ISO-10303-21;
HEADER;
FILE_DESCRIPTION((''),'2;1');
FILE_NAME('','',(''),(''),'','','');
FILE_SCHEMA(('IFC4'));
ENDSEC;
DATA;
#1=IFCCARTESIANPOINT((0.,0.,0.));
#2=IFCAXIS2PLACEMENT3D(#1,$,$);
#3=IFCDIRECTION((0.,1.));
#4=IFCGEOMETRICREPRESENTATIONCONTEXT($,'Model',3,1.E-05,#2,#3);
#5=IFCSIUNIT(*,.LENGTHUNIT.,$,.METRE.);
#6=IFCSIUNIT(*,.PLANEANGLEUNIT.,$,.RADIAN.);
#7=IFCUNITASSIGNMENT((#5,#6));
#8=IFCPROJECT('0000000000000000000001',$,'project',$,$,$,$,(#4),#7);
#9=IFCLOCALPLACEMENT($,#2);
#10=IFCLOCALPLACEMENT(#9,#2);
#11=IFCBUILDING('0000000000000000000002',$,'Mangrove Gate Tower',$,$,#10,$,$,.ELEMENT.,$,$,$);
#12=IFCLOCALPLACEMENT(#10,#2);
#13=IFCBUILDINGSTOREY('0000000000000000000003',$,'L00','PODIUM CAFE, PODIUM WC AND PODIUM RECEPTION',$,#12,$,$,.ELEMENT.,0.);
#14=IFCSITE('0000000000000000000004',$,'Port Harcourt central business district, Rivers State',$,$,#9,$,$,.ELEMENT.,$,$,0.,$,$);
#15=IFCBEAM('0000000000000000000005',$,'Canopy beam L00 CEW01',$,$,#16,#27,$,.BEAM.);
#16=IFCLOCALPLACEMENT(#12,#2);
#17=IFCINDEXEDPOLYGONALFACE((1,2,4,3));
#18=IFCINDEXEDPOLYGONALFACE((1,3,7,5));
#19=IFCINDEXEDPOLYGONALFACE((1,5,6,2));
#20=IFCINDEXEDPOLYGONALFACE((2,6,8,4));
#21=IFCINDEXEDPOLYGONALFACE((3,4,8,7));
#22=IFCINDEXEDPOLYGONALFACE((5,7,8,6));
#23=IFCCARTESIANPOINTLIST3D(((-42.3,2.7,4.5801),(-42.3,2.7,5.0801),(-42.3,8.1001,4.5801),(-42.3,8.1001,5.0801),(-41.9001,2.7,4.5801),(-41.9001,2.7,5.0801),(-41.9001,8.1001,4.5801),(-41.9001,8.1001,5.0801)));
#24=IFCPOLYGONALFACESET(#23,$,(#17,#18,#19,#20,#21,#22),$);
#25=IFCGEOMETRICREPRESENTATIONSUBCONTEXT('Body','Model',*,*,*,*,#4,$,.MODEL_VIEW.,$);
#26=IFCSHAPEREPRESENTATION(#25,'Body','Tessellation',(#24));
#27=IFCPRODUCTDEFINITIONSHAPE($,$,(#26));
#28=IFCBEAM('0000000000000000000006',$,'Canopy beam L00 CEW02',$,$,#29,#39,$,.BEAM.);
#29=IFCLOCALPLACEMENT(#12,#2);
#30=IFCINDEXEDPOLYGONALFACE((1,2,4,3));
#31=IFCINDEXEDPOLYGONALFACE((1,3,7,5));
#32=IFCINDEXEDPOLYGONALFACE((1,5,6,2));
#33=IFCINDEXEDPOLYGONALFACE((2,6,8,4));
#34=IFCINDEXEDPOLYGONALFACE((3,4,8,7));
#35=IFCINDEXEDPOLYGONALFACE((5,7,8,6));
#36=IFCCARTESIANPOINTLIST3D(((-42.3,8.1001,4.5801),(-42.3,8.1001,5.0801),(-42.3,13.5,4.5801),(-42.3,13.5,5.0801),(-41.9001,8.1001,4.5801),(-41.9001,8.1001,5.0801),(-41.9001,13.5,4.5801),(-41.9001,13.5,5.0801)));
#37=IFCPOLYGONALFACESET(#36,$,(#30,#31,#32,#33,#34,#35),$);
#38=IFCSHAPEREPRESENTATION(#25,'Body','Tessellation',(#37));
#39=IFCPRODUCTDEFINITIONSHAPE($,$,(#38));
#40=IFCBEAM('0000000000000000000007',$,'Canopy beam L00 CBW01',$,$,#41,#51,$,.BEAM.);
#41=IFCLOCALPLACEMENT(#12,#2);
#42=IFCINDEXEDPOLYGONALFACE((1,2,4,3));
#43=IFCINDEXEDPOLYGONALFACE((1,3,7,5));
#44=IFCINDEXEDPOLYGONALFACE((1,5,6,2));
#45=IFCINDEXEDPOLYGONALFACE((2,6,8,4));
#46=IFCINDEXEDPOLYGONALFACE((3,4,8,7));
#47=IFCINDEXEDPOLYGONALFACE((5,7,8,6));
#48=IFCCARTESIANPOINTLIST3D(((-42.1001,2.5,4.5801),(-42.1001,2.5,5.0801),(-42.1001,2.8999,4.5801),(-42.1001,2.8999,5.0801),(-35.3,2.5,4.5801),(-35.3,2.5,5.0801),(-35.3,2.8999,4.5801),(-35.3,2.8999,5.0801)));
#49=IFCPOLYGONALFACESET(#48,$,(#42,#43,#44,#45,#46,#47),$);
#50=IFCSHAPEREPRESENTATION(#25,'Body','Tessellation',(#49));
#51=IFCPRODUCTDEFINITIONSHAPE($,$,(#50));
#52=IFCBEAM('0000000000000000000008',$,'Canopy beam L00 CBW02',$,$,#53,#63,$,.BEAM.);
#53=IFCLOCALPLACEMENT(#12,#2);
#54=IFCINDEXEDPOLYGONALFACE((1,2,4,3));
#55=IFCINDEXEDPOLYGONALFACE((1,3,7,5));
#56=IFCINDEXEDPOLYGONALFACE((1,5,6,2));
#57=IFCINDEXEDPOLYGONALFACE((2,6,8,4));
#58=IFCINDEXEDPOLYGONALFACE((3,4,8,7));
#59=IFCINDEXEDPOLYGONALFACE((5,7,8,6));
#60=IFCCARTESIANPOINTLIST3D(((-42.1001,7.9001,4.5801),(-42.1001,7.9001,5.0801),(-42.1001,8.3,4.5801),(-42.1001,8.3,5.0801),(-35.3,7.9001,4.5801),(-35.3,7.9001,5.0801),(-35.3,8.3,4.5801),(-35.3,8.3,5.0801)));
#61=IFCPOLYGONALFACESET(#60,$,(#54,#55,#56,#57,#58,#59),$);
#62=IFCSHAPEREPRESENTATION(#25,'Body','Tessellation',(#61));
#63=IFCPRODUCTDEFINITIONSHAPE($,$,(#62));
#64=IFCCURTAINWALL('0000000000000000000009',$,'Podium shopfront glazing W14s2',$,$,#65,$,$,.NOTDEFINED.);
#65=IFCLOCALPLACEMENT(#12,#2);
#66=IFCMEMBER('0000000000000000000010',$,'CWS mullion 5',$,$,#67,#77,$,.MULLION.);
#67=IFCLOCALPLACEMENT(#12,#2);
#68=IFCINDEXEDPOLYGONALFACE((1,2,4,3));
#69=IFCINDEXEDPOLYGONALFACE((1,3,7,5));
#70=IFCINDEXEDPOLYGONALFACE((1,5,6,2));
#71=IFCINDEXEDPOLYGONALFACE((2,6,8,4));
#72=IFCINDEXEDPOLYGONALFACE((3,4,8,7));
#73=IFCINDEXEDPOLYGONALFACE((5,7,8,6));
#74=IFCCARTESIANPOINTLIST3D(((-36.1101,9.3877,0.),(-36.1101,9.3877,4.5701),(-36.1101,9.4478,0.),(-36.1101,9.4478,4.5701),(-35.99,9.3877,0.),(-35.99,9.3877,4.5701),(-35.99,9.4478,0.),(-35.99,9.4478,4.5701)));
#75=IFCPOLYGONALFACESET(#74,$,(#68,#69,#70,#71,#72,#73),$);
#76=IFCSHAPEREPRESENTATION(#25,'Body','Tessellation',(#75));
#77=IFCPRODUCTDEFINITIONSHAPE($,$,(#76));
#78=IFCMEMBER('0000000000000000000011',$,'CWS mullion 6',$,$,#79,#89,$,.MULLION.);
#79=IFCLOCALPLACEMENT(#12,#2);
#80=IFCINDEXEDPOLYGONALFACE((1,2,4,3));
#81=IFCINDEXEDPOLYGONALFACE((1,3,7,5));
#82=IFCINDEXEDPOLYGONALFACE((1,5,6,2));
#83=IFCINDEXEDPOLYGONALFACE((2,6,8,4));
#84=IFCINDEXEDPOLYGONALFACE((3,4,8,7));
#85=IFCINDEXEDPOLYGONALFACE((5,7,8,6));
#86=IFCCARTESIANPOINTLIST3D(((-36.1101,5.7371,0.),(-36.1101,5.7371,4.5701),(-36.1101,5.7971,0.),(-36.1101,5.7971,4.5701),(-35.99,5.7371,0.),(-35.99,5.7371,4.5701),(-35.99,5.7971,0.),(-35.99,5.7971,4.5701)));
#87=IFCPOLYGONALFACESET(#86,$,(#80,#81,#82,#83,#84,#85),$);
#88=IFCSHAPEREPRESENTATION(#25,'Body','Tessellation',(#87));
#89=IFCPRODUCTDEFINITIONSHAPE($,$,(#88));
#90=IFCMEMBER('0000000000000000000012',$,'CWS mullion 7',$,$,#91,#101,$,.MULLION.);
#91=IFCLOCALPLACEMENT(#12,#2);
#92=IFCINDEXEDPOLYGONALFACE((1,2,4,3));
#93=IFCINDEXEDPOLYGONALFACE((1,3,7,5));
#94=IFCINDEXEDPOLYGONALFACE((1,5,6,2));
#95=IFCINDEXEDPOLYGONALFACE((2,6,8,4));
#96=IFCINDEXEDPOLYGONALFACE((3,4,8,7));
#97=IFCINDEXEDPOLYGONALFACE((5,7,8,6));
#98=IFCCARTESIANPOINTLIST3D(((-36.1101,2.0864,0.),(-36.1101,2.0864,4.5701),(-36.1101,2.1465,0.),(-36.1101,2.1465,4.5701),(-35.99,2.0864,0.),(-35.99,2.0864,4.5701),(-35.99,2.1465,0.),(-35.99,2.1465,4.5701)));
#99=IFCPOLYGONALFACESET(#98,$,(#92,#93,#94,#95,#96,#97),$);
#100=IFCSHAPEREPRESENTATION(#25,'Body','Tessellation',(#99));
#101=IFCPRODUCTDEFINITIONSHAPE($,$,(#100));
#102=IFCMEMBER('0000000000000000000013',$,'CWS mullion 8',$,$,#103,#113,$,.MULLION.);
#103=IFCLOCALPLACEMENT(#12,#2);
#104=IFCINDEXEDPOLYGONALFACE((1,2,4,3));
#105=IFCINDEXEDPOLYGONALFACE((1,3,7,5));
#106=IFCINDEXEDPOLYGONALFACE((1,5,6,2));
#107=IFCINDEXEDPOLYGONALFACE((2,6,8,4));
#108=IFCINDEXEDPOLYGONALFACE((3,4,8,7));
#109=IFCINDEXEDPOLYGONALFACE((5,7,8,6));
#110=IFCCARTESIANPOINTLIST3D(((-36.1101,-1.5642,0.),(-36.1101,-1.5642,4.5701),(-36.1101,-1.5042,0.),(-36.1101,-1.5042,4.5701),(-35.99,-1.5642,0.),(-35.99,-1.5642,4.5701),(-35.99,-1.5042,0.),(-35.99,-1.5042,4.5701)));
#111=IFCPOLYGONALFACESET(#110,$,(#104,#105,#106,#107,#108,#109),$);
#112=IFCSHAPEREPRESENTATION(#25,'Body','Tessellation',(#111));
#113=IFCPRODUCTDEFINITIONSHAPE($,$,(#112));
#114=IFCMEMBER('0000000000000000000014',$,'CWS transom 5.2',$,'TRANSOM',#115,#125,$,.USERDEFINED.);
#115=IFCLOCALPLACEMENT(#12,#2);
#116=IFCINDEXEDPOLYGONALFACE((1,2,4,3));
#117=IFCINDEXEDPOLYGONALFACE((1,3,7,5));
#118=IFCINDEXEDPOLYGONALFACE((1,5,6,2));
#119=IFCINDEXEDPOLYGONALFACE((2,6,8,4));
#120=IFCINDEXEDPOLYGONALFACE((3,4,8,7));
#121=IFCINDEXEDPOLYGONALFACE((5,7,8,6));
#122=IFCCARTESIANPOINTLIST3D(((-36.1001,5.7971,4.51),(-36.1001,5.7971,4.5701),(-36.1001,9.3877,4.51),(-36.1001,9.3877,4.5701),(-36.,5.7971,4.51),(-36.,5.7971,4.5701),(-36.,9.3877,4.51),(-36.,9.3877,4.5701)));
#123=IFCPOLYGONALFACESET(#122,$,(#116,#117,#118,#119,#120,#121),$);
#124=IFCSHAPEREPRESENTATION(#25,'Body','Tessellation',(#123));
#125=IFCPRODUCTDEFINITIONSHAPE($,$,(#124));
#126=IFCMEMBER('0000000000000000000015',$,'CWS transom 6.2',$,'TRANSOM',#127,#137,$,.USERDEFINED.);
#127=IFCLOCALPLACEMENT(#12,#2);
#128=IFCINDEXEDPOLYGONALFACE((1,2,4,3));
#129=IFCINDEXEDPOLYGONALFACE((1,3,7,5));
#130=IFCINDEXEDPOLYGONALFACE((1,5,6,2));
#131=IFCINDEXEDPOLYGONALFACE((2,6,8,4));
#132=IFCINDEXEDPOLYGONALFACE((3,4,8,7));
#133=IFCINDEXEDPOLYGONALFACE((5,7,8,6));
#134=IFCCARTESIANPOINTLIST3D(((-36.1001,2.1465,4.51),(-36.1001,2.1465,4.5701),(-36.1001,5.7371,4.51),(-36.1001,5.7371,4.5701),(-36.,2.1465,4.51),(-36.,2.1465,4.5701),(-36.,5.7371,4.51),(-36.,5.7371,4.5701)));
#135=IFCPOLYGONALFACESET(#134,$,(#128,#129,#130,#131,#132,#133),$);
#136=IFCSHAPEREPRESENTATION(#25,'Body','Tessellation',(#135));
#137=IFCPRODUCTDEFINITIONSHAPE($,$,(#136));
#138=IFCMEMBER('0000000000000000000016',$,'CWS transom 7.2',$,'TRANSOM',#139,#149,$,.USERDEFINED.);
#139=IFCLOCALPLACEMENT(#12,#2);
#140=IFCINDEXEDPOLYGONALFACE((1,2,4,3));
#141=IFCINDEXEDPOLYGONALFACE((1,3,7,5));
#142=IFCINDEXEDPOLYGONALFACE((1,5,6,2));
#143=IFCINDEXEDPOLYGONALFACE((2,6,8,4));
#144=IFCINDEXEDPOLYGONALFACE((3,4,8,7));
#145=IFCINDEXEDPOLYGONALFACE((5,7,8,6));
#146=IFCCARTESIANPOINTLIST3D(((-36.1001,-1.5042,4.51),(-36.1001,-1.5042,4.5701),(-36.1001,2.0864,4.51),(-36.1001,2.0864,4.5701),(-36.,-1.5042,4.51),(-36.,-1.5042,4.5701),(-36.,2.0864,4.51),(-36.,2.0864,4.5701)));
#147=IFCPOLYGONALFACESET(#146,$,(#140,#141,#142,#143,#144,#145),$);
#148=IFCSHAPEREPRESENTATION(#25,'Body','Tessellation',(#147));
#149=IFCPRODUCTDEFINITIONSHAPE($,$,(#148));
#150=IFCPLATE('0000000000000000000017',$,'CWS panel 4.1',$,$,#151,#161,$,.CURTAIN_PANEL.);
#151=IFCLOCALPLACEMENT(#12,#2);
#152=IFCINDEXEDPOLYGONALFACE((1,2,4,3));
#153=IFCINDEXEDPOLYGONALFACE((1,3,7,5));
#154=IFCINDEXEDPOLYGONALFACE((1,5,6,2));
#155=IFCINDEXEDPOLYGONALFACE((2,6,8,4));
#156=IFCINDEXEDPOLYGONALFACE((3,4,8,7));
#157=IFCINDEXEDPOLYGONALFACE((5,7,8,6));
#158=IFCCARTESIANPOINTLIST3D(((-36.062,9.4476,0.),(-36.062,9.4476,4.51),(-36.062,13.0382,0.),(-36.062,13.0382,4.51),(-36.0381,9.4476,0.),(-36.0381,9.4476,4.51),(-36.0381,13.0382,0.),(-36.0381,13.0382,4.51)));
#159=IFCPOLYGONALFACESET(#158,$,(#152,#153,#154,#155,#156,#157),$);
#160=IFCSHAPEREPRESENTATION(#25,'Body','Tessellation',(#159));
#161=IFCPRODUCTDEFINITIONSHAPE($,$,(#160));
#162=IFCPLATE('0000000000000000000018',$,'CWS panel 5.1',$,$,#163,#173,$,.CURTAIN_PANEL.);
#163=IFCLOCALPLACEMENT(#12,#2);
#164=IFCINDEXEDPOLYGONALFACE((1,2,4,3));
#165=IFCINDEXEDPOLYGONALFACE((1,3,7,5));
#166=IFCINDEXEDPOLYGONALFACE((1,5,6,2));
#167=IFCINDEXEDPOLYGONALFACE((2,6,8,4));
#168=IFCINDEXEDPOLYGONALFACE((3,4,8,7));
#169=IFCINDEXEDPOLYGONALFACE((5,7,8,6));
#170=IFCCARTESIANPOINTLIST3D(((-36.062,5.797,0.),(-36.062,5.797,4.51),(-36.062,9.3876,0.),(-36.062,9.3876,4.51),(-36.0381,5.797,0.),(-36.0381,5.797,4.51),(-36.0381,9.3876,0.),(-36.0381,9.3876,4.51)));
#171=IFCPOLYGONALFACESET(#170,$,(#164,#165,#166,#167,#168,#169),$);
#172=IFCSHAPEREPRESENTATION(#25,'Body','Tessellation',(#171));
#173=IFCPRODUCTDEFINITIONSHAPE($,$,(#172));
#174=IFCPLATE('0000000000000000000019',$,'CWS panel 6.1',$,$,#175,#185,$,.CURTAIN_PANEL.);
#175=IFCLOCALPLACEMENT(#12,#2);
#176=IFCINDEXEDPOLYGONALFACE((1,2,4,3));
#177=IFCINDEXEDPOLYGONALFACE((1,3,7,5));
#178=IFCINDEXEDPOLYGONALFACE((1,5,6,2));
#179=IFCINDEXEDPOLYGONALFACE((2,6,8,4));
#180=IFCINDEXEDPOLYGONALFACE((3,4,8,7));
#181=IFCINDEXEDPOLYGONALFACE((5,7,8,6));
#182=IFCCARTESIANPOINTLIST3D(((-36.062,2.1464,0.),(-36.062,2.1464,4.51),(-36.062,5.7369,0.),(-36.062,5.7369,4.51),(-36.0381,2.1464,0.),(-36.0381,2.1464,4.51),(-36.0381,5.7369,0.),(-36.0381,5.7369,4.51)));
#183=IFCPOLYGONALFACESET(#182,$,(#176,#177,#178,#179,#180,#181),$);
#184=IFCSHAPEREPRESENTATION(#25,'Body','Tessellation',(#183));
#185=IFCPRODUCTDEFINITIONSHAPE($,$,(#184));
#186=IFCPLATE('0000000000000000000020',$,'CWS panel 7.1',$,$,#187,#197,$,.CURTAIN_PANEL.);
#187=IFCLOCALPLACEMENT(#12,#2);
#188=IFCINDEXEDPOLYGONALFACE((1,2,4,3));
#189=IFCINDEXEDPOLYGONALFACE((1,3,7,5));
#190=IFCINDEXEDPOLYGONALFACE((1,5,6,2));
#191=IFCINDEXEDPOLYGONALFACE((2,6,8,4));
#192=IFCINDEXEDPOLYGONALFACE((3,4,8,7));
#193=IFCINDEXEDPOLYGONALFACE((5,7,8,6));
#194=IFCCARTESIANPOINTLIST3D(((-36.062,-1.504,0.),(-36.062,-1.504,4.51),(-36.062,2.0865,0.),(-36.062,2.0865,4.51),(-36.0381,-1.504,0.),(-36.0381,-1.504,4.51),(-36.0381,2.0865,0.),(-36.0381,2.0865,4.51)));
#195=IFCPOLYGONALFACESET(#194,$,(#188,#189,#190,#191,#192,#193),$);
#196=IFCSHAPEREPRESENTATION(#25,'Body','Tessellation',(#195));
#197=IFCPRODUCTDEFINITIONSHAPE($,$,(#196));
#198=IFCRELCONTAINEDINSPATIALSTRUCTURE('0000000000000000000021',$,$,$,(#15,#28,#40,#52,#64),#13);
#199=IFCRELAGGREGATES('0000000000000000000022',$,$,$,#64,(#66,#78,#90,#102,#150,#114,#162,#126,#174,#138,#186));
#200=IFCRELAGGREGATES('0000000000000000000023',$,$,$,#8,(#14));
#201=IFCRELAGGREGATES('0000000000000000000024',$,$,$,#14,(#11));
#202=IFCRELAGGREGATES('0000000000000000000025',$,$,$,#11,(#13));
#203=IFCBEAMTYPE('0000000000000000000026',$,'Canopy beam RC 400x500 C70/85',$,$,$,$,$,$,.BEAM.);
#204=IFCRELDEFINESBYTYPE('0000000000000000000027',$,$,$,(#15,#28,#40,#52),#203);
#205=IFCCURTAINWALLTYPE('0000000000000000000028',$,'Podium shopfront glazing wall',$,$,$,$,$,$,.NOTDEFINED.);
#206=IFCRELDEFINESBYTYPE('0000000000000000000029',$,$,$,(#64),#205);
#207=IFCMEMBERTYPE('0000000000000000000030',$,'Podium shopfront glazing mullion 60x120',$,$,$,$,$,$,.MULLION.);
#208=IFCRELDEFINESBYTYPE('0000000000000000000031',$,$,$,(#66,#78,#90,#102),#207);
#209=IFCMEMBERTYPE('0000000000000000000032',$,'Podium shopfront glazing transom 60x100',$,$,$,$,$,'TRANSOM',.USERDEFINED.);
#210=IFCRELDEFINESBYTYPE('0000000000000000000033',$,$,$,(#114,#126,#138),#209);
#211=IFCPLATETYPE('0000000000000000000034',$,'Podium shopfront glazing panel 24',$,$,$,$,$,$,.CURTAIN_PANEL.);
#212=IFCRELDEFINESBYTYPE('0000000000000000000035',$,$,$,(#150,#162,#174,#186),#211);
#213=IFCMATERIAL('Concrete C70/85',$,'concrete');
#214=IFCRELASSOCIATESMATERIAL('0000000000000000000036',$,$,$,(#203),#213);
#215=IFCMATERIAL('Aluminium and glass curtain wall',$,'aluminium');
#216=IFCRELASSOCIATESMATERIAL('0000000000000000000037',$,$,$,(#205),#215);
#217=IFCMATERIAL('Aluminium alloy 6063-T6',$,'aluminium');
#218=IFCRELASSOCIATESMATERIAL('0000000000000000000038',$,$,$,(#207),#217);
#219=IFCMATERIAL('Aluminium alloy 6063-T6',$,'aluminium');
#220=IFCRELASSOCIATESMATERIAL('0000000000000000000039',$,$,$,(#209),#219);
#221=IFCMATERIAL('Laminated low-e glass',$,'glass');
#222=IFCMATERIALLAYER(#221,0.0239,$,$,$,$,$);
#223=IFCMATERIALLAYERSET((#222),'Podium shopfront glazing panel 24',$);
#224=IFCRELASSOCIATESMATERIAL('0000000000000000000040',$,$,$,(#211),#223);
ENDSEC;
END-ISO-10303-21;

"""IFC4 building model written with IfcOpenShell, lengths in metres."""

from ifc_helpers import new_model, si_unit, direction, frame, origin, origin_2d, place, context, subcontext, project, spatial, rectangle, extrude, material, layer, layer_set, material_profile, profile_set, type_object, element, aggregate, save


model = new_model("IFC4")

# Units and contexts
model_context = context("Model", 3, precision=1e-05, world=origin(), true_north=direction((0.0, 1.0)))
body_context = subcontext(model_context, "Body", "Model", "MODEL_VIEW")
ifc_project = project(units=[si_unit("LENGTHUNIT", "METRE"), si_unit("PLANEANGLEUNIT", "RADIAN")], contexts=[model_context])

# Site, building, storey
site_placement = place(None, origin())
site = spatial("IfcSite", under=ifc_project, at=site_placement, Name="Port Harcourt central business district, Rivers State", CompositionType="ELEMENT", RefElevation=0.0)
building_placement = place(site_placement, origin())
building = spatial("IfcBuilding", under=site, at=building_placement, Name="Mangrove Gate Tower", CompositionType="ELEMENT")
storey_placement = place(building_placement, origin())
storey = spatial("IfcBuildingStorey", under=building, at=storey_placement, Name="L00", Description="PODIUM CAFE, PODIUM WC AND PODIUM RECEPTION", CompositionType="ELEMENT", Elevation=0.0)

# Beams
ifc_material_1 = material(Name="Concrete C70/85", Category="concrete")
ifc_material_profile_1 = material_profile(ifc_material_1, rectangle(XDim=0.3999, YDim=0.5, at=origin_2d()))
ifc_profile_set_1 = profile_set([ifc_material_profile_1], Name="Concrete C70/85")
beam_type = type_object("IfcBeamType", Name="Canopy beam RC 400x500 C70/85", PredefinedType="BEAM", material=ifc_profile_set_1)
beam_1_placement = place(storey_placement, frame((-42.1001, 2.7, 4.8301), z_axis=(0.0, 1.0, 0.0), x_axis=(-1.0, 0.0, 0.0)))
element("IfcBeam", 1, at=beam_1_placement, inside=storey, type_object=beam_type, Name="Canopy beam L00 CEW01", PredefinedType="BEAM", context=body_context, shape_type="SweptSolid", body=[
    extrude(rectangle(XDim=0.3999, YDim=0.5, at=origin_2d()), origin(), (0.0, 0.0, 1.0), 5.4001),
])
beam_2_placement = place(storey_placement, frame((-42.1001, 8.1001, 4.8301), z_axis=(0.0, 1.0, 0.0), x_axis=(-1.0, 0.0, 0.0)))
element("IfcBeam", 2, at=beam_2_placement, inside=storey, type_object=beam_type, Name="Canopy beam L00 CEW02", PredefinedType="BEAM", context=body_context, shape_type="SweptSolid", body=[
    extrude(rectangle(XDim=0.3999, YDim=0.5, at=origin_2d()), origin(), (0.0, 0.0, 1.0), 5.3999),
])
for number, where, z_axis, x_axis, name in (
    (3, (-35.3, 2.7, 4.8301), (-1.0, 0.0, 0.0), (0.0, -1.0, 0.0), "Canopy beam L00 CBW01"),
    (4, (-35.3, 8.1001, 4.8301), (-1.0, 0.0, 0.0), (0.0, -1.0, 0.0), "Canopy beam L00 CBW02"),
):
    element("IfcBeam", number, at=place(storey_placement, frame(where, z_axis=z_axis, x_axis=x_axis)), inside=storey, type_object=beam_type, Name=name, PredefinedType="BEAM", context=body_context, shape_type="SweptSolid", body=[
        extrude(rectangle(XDim=0.3999, YDim=0.5, at=origin_2d()), origin(), (0.0, 0.0, 1.0), 6.8),
    ])

# Curtain wall, members, plates
ifc_material_2 = material(Name="Aluminium and glass curtain wall", Category="aluminium")
curtain_wall_type = type_object("IfcCurtainWallType", Name="Podium shopfront glazing wall", PredefinedType="NOTDEFINED", material=ifc_material_2)
curtain_wall_placement = place(storey_placement, origin())
curtain_wall = element("IfcCurtainWall", 5, at=curtain_wall_placement, inside=storey, type_object=curtain_wall_type, Name="Podium shopfront glazing W14s2", PredefinedType="NOTDEFINED")
ifc_material_3 = material(Name="Aluminium alloy 6063-T6", Category="aluminium")
ifc_material_profile_2 = material_profile(ifc_material_3, rectangle(XDim=0.0601, YDim=0.1201, at=origin_2d()))
ifc_profile_set_2 = profile_set([ifc_material_profile_2], Name="Aluminium alloy 6063-T6")
member_type_1 = type_object("IfcMemberType", Name="Podium shopfront glazing mullion 60x120", PredefinedType="MULLION", material=ifc_profile_set_2)
member_1_placement = place(storey_placement, frame((-36.05, 9.4177, 0.0), z_axis=(0.0, 0.0, 1.0), x_axis=(0.0, -1.0, 0.0)))
member_1 = element("IfcMember", 6, at=member_1_placement, type_object=member_type_1, Name="CWS mullion 5", PredefinedType="MULLION", context=body_context, shape_type="SweptSolid", body=[
    extrude(rectangle(XDim=0.0601, YDim=0.1201, at=origin_2d()), origin(), (0.0, 0.0, 1.0), 4.5701),
])
member_2_placement = place(storey_placement, frame((-36.05, 5.7671, 0.0), z_axis=(0.0, 0.0, 1.0), x_axis=(0.0, -1.0, 0.0)))
member_2 = element("IfcMember", 7, at=member_2_placement, type_object=member_type_1, Name="CWS mullion 6", PredefinedType="MULLION", context=body_context, shape_type="SweptSolid", body=[
    extrude(rectangle(XDim=0.0601, YDim=0.1201, at=origin_2d()), origin(), (0.0, 0.0, 1.0), 4.5701),
])
member_3_placement = place(storey_placement, frame((-36.05, 2.1165, 0.0), z_axis=(0.0, 0.0, 1.0), x_axis=(0.0, -1.0, 0.0)))
member_3 = element("IfcMember", 8, at=member_3_placement, type_object=member_type_1, Name="CWS mullion 7", PredefinedType="MULLION", context=body_context, shape_type="SweptSolid", body=[
    extrude(rectangle(XDim=0.0601, YDim=0.1201, at=origin_2d()), origin(), (0.0, 0.0, 1.0), 4.5701),
])
member_4_placement = place(storey_placement, frame((-36.05, -1.5342, 0.0), z_axis=(0.0, 0.0, 1.0), x_axis=(0.0, -1.0, 0.0)))
member_4 = element("IfcMember", 9, at=member_4_placement, type_object=member_type_1, Name="CWS mullion 8", PredefinedType="MULLION", context=body_context, shape_type="SweptSolid", body=[
    extrude(rectangle(XDim=0.0601, YDim=0.1201, at=origin_2d()), origin(), (0.0, 0.0, 1.0), 4.5701),
])
ifc_material_4 = material(Name="Aluminium alloy 6063-T6", Category="aluminium")
ifc_material_profile_3 = material_profile(ifc_material_4, rectangle(XDim=0.0601, YDim=0.1001, at=origin_2d()))
ifc_profile_set_3 = profile_set([ifc_material_profile_3], Name="Aluminium alloy 6063-T6")
member_type_2 = type_object("IfcMemberType", Name="Podium shopfront glazing transom 60x100", ElementType="TRANSOM", PredefinedType="USERDEFINED", material=ifc_profile_set_3)
member_5_placement = place(storey_placement, frame((-36.05, 9.3877, 4.54), z_axis=(0.0, -1.0, 0.0), x_axis=(0.0, 0.0, 1.0)))
member_5 = element("IfcMember", 10, at=member_5_placement, type_object=member_type_2, Name="CWS transom 5.2", ObjectType="TRANSOM", PredefinedType="USERDEFINED", context=body_context, shape_type="SweptSolid", body=[
    extrude(rectangle(XDim=0.0601, YDim=0.1001, at=origin_2d()), origin(), (0.0, 0.0, 1.0), 3.5906),
])
member_6_placement = place(storey_placement, frame((-36.05, 5.7371, 4.54), z_axis=(0.0, -1.0, 0.0), x_axis=(0.0, 0.0, 1.0)))
member_6 = element("IfcMember", 11, at=member_6_placement, type_object=member_type_2, Name="CWS transom 6.2", ObjectType="TRANSOM", PredefinedType="USERDEFINED", context=body_context, shape_type="SweptSolid", body=[
    extrude(rectangle(XDim=0.0601, YDim=0.1001, at=origin_2d()), origin(), (0.0, 0.0, 1.0), 3.5906),
])
member_7_placement = place(storey_placement, frame((-36.05, 2.0864, 4.54), z_axis=(0.0, -1.0, 0.0), x_axis=(0.0, 0.0, 1.0)))
member_7 = element("IfcMember", 12, at=member_7_placement, type_object=member_type_2, Name="CWS transom 7.2", ObjectType="TRANSOM", PredefinedType="USERDEFINED", context=body_context, shape_type="SweptSolid", body=[
    extrude(rectangle(XDim=0.0601, YDim=0.1001, at=origin_2d()), origin(), (0.0, 0.0, 1.0), 3.5906),
])
ifc_material_5 = material(Name="Laminated low-e glass", Category="glass")
ifc_layer = layer(ifc_material_5, 0.0239)
ifc_layer_set = layer_set([ifc_layer], Name="Podium shopfront glazing panel 24")
plate_type = type_object("IfcPlateType", Name="Podium shopfront glazing panel 24", PredefinedType="CURTAIN_PANEL", material=ifc_layer_set)
plate_1_placement = place(storey_placement, frame((-36.05, 11.2429, 0.0), z_axis=(0.0, 0.0, 1.0), x_axis=(0.0, -1.0, 0.0)))
plate_1 = element("IfcPlate", 13, at=plate_1_placement, type_object=plate_type, Name="CWS panel 4.1", PredefinedType="CURTAIN_PANEL", context=body_context, shape_type="SweptSolid", body=[
    extrude(rectangle(XDim=3.5906, YDim=0.0239, at=origin_2d()), origin(), (0.0, 0.0, 1.0), 4.51),
])
plate_2_placement = place(storey_placement, frame((-36.05, 7.5923, 0.0), z_axis=(0.0, 0.0, 1.0), x_axis=(0.0, -1.0, 0.0)))
plate_2 = element("IfcPlate", 14, at=plate_2_placement, type_object=plate_type, Name="CWS panel 5.1", PredefinedType="CURTAIN_PANEL", context=body_context, shape_type="SweptSolid", body=[
    extrude(rectangle(XDim=3.5906, YDim=0.0239, at=origin_2d()), origin(), (0.0, 0.0, 1.0), 4.51),
])
plate_3_placement = place(storey_placement, frame((-36.05, 3.9417, 0.0), z_axis=(0.0, 0.0, 1.0), x_axis=(0.0, -1.0, 0.0)))
plate_3 = element("IfcPlate", 15, at=plate_3_placement, type_object=plate_type, Name="CWS panel 6.1", PredefinedType="CURTAIN_PANEL", context=body_context, shape_type="SweptSolid", body=[
    extrude(rectangle(XDim=3.5906, YDim=0.0239, at=origin_2d()), origin(), (0.0, 0.0, 1.0), 4.51),
])
plate_4_placement = place(storey_placement, frame((-36.05, 0.2913, 0.0), z_axis=(0.0, 0.0, 1.0), x_axis=(0.0, -1.0, 0.0)))
plate_4 = element("IfcPlate", 16, at=plate_4_placement, type_object=plate_type, Name="CWS panel 7.1", PredefinedType="CURTAIN_PANEL", context=body_context, shape_type="SweptSolid", body=[
    extrude(rectangle(XDim=3.5906, YDim=0.0239, at=origin_2d()), origin(), (0.0, 0.0, 1.0), 4.51),
])
aggregate(curtain_wall, [member_1, member_2, member_3, member_4, plate_1, member_5, plate_2, member_6, plate_3, member_7, plate_4])

save(model, "model.ifc")
